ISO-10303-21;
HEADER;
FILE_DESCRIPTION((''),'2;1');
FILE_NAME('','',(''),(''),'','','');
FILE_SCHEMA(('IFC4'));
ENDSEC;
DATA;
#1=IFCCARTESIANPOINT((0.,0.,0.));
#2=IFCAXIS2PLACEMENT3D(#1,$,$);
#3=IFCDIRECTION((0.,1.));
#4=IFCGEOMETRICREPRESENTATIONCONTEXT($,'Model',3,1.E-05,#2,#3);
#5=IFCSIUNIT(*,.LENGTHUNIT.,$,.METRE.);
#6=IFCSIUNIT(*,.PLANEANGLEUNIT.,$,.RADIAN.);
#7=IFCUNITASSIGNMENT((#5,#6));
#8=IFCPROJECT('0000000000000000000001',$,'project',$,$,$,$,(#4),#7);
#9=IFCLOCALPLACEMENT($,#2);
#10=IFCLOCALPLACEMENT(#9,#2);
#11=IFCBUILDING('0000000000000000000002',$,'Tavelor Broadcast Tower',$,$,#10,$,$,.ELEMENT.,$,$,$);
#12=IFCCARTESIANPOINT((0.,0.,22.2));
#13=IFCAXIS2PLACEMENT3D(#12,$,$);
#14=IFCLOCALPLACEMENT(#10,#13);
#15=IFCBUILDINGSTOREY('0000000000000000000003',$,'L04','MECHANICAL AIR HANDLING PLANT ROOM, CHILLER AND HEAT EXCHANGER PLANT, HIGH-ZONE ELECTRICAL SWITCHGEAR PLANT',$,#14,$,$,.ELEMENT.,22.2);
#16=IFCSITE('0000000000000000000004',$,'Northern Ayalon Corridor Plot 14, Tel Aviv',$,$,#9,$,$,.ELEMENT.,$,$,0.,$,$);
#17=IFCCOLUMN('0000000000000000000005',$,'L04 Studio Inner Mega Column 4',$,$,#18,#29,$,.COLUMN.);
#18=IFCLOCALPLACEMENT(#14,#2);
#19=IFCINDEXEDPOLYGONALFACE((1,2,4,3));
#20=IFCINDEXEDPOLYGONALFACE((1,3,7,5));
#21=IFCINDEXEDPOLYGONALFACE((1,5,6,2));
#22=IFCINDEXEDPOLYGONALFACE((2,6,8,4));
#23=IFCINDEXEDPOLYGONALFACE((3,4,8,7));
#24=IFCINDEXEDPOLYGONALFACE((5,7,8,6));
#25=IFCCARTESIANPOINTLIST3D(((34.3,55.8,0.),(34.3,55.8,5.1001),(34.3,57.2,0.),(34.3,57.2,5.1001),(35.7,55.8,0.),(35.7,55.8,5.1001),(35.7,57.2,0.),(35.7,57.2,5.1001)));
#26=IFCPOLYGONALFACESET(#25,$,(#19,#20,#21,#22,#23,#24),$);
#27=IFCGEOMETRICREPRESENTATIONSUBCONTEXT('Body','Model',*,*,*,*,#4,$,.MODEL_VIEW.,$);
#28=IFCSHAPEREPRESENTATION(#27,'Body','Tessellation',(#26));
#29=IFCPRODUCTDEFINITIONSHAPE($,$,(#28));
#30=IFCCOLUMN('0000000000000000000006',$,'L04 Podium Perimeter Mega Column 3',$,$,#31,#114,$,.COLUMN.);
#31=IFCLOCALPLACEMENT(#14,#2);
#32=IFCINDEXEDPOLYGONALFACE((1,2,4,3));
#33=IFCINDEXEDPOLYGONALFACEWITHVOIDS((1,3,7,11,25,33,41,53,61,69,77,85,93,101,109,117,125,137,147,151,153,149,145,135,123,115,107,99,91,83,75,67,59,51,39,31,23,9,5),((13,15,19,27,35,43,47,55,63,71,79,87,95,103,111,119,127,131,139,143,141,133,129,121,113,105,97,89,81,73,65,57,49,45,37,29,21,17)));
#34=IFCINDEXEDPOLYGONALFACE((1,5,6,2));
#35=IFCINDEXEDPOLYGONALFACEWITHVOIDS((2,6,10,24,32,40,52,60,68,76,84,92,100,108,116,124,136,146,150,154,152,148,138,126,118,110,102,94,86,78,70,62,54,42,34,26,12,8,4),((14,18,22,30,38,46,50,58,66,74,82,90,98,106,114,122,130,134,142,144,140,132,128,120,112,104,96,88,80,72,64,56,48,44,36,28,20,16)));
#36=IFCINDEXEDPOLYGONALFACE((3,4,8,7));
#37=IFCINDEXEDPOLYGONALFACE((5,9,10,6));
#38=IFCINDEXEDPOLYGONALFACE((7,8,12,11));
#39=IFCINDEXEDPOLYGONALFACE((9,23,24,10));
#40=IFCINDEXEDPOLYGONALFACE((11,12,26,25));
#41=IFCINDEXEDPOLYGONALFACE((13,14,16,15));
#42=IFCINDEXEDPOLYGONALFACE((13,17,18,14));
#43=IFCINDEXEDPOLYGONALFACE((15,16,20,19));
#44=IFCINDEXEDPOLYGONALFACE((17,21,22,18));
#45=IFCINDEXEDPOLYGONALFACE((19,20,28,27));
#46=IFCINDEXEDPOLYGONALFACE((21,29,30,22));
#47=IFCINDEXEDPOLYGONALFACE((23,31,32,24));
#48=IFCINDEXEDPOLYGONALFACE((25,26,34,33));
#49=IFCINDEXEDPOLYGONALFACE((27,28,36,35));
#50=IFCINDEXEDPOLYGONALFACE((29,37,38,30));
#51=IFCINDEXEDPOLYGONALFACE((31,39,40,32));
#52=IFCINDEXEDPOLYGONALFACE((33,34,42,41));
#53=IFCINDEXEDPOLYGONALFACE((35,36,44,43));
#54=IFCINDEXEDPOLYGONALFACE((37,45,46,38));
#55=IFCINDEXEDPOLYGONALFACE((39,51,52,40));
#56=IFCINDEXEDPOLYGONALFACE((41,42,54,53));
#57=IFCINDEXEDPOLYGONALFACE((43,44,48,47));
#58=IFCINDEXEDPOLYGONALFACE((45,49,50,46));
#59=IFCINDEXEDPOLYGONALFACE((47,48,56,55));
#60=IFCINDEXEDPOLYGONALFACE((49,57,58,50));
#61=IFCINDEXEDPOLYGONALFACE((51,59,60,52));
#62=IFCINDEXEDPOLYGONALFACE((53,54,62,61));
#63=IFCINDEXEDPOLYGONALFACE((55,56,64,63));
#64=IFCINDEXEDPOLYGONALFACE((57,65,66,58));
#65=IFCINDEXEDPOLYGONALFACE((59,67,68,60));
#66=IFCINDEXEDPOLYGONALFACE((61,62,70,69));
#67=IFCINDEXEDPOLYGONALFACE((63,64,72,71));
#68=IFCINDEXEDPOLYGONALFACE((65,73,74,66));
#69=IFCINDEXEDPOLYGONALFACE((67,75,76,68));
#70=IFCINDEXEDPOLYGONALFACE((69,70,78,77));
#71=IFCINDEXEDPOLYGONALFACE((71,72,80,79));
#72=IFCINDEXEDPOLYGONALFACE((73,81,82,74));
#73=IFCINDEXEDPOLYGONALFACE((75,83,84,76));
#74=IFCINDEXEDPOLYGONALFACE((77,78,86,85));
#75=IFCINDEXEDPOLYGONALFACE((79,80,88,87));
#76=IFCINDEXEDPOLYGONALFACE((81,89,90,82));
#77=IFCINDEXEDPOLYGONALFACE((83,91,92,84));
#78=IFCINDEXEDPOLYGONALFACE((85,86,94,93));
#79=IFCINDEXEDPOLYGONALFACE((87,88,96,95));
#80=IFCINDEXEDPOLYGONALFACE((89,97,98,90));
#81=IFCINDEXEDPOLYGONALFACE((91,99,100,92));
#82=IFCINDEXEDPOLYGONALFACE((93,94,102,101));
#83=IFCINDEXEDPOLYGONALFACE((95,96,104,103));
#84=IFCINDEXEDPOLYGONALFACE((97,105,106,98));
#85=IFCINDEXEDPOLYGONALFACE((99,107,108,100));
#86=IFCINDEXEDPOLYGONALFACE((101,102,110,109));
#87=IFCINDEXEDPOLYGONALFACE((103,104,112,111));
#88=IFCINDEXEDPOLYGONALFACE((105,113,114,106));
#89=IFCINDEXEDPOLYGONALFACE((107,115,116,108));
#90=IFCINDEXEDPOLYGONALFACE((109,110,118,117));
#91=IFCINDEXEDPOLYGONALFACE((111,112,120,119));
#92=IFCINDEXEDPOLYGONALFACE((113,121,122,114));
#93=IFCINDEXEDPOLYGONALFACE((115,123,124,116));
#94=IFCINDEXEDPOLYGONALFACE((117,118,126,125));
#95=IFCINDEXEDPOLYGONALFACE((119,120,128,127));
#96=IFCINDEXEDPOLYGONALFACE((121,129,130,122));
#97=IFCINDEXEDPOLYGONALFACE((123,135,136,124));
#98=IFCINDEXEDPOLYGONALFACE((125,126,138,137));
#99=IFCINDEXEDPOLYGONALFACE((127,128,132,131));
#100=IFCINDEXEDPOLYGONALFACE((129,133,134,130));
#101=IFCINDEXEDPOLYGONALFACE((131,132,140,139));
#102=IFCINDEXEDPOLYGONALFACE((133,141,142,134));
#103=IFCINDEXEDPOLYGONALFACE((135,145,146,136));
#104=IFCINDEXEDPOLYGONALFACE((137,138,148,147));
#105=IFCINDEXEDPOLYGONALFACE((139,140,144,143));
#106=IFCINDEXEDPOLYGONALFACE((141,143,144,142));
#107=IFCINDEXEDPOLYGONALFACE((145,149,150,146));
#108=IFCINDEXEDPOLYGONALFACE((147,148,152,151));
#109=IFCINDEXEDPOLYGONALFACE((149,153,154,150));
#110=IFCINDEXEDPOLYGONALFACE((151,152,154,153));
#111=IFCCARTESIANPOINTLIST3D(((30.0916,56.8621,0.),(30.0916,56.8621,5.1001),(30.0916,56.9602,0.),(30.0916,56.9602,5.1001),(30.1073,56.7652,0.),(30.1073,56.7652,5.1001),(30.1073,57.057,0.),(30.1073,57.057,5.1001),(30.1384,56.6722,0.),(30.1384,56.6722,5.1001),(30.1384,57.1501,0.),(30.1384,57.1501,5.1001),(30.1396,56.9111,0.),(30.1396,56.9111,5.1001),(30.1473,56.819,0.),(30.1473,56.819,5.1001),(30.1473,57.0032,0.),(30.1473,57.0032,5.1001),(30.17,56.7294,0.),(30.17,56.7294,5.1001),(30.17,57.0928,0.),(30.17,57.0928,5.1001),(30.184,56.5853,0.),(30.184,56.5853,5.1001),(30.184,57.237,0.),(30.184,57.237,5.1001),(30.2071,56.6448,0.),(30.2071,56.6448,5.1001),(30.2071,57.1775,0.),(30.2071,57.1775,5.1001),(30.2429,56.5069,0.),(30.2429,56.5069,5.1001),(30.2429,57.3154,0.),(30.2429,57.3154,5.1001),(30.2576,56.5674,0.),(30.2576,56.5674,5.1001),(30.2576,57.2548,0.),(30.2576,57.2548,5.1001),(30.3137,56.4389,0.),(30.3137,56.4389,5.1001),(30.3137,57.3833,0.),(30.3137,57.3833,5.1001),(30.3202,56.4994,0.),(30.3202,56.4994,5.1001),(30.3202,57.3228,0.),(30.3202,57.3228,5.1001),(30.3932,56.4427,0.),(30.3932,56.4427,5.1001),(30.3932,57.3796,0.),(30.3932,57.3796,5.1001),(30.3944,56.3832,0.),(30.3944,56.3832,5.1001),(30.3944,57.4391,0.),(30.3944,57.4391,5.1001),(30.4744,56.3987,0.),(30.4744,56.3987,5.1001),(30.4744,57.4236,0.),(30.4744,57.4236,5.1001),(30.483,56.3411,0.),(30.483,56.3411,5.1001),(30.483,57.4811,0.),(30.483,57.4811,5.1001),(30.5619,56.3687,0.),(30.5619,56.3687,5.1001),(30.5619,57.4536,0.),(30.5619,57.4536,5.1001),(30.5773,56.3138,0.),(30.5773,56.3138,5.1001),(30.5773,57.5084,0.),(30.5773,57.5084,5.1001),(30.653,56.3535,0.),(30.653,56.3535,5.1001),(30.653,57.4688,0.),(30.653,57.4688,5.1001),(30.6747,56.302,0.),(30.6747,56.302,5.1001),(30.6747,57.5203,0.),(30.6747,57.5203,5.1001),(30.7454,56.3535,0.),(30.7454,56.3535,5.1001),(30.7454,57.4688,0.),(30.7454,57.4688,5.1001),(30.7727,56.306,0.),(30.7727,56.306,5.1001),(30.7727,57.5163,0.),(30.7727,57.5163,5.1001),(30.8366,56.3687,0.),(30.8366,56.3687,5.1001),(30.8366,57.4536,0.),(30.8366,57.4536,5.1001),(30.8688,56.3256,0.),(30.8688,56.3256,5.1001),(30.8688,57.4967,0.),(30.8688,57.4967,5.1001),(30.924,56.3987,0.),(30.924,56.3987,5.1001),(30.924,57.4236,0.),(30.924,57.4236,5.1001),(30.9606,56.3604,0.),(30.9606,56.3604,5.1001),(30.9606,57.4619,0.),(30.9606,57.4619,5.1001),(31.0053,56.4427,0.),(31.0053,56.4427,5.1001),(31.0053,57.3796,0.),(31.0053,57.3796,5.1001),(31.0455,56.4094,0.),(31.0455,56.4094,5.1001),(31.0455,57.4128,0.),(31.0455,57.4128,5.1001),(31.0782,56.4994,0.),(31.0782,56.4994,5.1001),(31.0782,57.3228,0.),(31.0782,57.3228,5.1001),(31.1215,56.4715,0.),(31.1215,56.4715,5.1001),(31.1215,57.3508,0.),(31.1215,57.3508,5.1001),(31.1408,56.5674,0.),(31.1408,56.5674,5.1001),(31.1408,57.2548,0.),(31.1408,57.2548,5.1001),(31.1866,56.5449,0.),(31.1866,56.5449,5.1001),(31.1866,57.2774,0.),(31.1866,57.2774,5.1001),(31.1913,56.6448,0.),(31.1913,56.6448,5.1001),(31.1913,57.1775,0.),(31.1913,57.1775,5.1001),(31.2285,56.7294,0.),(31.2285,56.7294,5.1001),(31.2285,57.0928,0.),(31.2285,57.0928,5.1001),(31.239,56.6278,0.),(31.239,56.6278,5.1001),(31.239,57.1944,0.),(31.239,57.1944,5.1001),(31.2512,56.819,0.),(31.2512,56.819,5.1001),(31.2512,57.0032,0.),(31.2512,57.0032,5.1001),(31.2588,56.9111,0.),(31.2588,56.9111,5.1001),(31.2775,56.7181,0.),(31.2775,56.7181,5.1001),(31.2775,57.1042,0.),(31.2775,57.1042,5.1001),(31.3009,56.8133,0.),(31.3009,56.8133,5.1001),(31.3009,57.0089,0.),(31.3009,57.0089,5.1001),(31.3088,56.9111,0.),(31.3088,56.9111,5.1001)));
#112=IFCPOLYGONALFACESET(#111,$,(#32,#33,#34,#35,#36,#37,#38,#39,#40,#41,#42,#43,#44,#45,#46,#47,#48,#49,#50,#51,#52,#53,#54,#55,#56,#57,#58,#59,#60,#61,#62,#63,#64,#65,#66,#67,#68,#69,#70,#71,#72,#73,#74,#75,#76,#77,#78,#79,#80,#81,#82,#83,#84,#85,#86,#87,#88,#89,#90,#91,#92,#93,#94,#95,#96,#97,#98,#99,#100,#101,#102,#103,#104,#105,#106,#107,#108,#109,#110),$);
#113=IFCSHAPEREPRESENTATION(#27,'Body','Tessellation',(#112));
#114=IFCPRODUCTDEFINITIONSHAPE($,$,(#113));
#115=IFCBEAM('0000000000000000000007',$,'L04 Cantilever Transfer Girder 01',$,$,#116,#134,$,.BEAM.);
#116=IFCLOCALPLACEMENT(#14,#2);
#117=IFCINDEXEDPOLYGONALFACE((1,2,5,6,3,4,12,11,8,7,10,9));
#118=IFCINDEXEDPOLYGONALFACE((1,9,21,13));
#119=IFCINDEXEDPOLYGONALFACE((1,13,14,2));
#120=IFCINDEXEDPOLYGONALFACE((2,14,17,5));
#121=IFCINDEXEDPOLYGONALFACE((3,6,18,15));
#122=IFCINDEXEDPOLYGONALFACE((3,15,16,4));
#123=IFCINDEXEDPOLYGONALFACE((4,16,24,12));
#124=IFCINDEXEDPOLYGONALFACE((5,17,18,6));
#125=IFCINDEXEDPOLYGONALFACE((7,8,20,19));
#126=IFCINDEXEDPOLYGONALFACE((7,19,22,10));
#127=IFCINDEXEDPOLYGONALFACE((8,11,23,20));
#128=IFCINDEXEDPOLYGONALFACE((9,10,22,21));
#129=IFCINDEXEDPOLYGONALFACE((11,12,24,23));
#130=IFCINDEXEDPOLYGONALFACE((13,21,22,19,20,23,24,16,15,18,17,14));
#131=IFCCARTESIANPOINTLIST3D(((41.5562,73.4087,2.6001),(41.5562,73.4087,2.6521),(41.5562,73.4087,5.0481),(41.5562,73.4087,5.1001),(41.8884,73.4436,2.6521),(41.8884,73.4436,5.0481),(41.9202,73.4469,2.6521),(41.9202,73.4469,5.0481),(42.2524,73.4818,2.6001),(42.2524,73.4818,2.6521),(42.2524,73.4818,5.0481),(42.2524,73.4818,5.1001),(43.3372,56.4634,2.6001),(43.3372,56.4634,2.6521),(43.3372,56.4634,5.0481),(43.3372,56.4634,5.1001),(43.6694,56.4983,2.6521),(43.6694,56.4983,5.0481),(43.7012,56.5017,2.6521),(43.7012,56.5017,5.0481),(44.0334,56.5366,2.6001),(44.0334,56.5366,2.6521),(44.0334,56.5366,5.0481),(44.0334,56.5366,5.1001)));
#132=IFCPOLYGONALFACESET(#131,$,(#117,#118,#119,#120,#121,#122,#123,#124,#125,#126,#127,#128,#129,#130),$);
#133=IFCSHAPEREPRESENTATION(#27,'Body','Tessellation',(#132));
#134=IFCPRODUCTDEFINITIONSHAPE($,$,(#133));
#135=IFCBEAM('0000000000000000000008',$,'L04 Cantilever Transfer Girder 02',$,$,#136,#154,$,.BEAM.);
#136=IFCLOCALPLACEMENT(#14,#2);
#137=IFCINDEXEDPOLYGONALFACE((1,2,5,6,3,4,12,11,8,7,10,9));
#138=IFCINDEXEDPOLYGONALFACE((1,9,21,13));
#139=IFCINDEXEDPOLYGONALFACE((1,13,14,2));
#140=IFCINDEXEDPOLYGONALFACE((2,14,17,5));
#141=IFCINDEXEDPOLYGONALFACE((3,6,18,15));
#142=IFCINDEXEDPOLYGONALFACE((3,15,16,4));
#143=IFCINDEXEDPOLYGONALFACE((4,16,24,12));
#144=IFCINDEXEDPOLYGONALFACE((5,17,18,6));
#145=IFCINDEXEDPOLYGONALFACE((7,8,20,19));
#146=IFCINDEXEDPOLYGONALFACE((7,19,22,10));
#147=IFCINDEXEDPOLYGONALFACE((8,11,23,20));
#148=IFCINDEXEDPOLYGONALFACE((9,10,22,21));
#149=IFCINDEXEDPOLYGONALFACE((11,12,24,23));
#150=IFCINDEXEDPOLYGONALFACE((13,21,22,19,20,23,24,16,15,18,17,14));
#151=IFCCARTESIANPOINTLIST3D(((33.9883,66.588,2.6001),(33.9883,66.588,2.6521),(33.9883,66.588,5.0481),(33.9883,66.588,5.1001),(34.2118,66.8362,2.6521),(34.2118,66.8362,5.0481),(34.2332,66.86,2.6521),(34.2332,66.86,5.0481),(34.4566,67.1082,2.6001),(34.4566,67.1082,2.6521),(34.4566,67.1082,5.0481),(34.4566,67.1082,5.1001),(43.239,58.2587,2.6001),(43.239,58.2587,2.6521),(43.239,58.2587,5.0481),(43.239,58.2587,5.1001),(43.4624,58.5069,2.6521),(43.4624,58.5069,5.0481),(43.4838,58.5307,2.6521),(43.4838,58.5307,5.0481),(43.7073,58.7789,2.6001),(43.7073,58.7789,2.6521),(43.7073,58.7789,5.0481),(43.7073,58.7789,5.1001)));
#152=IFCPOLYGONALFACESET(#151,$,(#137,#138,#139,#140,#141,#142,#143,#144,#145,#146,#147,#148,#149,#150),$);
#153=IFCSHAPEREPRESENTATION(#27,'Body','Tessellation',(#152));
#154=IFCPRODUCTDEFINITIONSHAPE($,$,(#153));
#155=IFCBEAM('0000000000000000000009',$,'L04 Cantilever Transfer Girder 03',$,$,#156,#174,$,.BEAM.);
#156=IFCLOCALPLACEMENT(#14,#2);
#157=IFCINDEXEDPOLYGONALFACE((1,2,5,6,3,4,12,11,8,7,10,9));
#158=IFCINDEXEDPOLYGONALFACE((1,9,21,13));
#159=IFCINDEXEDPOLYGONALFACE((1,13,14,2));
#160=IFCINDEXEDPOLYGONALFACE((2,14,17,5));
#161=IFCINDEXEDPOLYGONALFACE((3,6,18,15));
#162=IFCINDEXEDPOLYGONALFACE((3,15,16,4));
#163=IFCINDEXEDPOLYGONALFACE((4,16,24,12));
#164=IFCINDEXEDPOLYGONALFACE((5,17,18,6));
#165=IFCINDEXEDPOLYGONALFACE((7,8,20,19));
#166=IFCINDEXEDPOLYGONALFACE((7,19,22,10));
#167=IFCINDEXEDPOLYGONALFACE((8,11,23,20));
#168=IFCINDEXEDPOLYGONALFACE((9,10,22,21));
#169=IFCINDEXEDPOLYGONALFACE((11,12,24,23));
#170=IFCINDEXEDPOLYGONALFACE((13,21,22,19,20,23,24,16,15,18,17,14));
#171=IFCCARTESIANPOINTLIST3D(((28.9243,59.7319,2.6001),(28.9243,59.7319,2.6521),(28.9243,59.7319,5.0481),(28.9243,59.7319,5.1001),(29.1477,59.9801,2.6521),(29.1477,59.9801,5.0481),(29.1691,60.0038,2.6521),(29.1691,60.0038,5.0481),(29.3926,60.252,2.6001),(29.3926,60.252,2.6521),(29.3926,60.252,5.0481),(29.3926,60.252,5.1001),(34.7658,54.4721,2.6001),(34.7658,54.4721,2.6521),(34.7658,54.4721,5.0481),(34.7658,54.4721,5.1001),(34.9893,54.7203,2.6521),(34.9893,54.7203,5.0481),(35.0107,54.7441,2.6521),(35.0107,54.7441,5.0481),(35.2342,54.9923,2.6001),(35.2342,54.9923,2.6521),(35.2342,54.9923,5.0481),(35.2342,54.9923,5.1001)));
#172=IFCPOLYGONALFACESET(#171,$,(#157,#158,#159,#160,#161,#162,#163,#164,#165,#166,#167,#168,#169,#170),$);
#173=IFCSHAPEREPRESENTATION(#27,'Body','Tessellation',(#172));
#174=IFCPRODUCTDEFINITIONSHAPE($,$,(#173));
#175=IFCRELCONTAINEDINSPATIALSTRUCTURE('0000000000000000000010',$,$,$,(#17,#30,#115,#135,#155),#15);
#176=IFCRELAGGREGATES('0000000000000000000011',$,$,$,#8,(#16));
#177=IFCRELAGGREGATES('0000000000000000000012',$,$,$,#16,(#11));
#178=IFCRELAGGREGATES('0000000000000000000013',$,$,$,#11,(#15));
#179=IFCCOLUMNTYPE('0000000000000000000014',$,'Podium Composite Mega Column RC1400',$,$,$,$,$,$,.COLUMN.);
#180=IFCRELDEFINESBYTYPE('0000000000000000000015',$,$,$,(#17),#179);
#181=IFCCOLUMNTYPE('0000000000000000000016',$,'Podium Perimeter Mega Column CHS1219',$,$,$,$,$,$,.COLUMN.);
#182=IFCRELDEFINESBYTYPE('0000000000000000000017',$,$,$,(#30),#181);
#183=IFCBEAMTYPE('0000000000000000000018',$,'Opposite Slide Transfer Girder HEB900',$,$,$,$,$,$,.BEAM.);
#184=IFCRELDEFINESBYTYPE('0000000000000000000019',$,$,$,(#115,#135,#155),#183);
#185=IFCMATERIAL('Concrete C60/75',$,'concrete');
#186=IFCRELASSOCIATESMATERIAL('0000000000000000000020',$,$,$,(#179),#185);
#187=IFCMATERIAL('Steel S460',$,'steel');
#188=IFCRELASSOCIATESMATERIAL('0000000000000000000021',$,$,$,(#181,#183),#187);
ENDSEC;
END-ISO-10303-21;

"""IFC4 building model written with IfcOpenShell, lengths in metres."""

from ifc_helpers import new_model, si_unit, direction, frame, origin, origin_2d, place, context, subcontext, project, spatial, rectangle, hollow_circle, i_section, extrude, material, material_profile, profile_set, type_object, element, save


model = new_model("IFC4")

# Units and contexts
model_context = context("Model", 3, precision=1e-05, world=origin(), true_north=direction((0.0, 1.0)))
body_context = subcontext(model_context, "Body", "Model", "MODEL_VIEW")
ifc_project = project(units=[si_unit("LENGTHUNIT", "METRE"), si_unit("PLANEANGLEUNIT", "RADIAN")], contexts=[model_context])

# Site, building, storey
site_placement = place(None, origin())
site = spatial("IfcSite", under=ifc_project, at=site_placement, Name="Northern Ayalon Corridor Plot 14, Tel Aviv", CompositionType="ELEMENT", RefElevation=0.0)
building_placement = place(site_placement, origin())
building = spatial("IfcBuilding", under=site, at=building_placement, Name="Tavelor Broadcast Tower", CompositionType="ELEMENT")
storey_placement = place(building_placement, frame((0.0, 0.0, 22.2)))
storey = spatial("IfcBuildingStorey", under=building, at=storey_placement, Name="L04", Description="MECHANICAL AIR HANDLING PLANT ROOM, CHILLER AND HEAT EXCHANGER PLANT, HIGH-ZONE ELECTRICAL SWITCHGEAR PLANT", CompositionType="ELEMENT", Elevation=22.2)

# Columns
ifc_material_1 = material(Name="Concrete C60/75", Category="concrete")
ifc_material_profile_1 = material_profile(ifc_material_1, rectangle(XDim=1.3999, YDim=1.3999, at=origin_2d()), Name="RC 1400x1400")
ifc_profile_set_1 = profile_set([ifc_material_profile_1], Name="Concrete C60/75")
column_type_1 = type_object("IfcColumnType", Name="Podium Composite Mega Column RC1400", PredefinedType="COLUMN", material=ifc_profile_set_1)
column_1_placement = place(storey_placement, frame((35.0, 56.5, 0.0), z_axis=(0.0, 0.0, 1.0), x_axis=(1.0, 0.0, 0.0)))
element("IfcColumn", 1, at=column_1_placement, inside=storey, type_object=column_type_1, Name="L04 Studio Inner Mega Column 4", PredefinedType="COLUMN", context=body_context, shape_type="SweptSolid", body=[
    extrude(rectangle(XDim=1.3999, YDim=1.3999, at=origin_2d()), origin(), (0.0, 0.0, 1.0), 5.1001),
])
ifc_material_2 = material(Name="Steel S460", Category="steel")
ifc_material_profile_2 = material_profile(ifc_material_2, hollow_circle(Radius=0.6096, WallThickness=0.05, at=origin_2d()), Name="CHS 1219x50")
ifc_profile_set_2 = profile_set([ifc_material_profile_2], Name="Steel S460")
column_type_2 = type_object("IfcColumnType", Name="Podium Perimeter Mega Column CHS1219", PredefinedType="COLUMN", material=ifc_profile_set_2)
column_2_placement = place(storey_placement, frame((30.6992, 56.9111, 0.0), z_axis=(0.0, 0.0, 1.0), x_axis=(1.0, 0.0, 0.0)))
element("IfcColumn", 2, at=column_2_placement, inside=storey, type_object=column_type_2, Name="L04 Podium Perimeter Mega Column 3", PredefinedType="COLUMN", context=body_context, shape_type="SweptSolid", body=[
    extrude(hollow_circle(Radius=0.6096, WallThickness=0.05, at=origin_2d()), origin(), (0.0, 0.0, 1.0), 5.1001),
])

# Beams
ifc_material_profile_3 = material_profile(ifc_material_2, i_section(OverallWidth=0.7, OverallDepth=2.5, WebThickness=0.032, FlangeThickness=0.052, at=origin_2d()), Name="PG 2500x700")
ifc_profile_set_3 = profile_set([ifc_material_profile_3], Name="Steel S460")
beam_type_1 = type_object("IfcBeamType", Name="Opposite Slide Transfer Girder HEB900", PredefinedType="BEAM", material=ifc_profile_set_3)
beam_1_placement = place(storey_placement, frame((43.6853, 56.5, 3.8501), z_axis=(-0.104527, 0.994522, 0.0), x_axis=(-0.994522, -0.104527, 0.0)))
element("IfcBeam", 3, at=beam_1_placement, inside=storey, type_object=beam_type_1, Name="L04 Cantilever Transfer Girder 01", PredefinedType="BEAM", context=body_context, shape_type="SweptSolid", body=[
    extrude(i_section(OverallWidth=0.7, OverallDepth=2.5, WebThickness=0.032, FlangeThickness=0.052, at=origin_2d()), origin(), (0.0, 0.0, 1.0), 17.0386),
])
beam_2_placement = place(storey_placement, frame((43.4731, 58.5188, 3.8501), z_axis=(-0.743147, 0.669128, 0.0), x_axis=(-0.669128, -0.743147, 0.0)))
element("IfcBeam", 4, at=beam_2_placement, inside=storey, type_object=beam_type_1, Name="L04 Cantilever Transfer Girder 02", PredefinedType="BEAM", context=body_context, shape_type="SweptSolid", body=[
    extrude(i_section(OverallWidth=0.7, OverallDepth=2.5, WebThickness=0.032, FlangeThickness=0.052, at=origin_2d()), origin(), (0.0, 0.0, 1.0), 12.448),
])
beam_3_placement = place(storey_placement, frame((35.0, 54.7322, 3.8501), z_axis=(-0.743144, 0.669131, 0.0), x_axis=(-0.669131, -0.743144, 0.0)))
element("IfcBeam", 5, at=beam_3_placement, inside=storey, type_object=beam_type_1, Name="L04 Cantilever Transfer Girder 03", PredefinedType="BEAM", context=body_context, shape_type="SweptSolid", body=[
    extrude(i_section(OverallWidth=0.7, OverallDepth=2.5, WebThickness=0.032, FlangeThickness=0.052, at=origin_2d()), origin(), (0.0, 0.0, 1.0), 7.8606),
])

save(model, "model.ifc")
